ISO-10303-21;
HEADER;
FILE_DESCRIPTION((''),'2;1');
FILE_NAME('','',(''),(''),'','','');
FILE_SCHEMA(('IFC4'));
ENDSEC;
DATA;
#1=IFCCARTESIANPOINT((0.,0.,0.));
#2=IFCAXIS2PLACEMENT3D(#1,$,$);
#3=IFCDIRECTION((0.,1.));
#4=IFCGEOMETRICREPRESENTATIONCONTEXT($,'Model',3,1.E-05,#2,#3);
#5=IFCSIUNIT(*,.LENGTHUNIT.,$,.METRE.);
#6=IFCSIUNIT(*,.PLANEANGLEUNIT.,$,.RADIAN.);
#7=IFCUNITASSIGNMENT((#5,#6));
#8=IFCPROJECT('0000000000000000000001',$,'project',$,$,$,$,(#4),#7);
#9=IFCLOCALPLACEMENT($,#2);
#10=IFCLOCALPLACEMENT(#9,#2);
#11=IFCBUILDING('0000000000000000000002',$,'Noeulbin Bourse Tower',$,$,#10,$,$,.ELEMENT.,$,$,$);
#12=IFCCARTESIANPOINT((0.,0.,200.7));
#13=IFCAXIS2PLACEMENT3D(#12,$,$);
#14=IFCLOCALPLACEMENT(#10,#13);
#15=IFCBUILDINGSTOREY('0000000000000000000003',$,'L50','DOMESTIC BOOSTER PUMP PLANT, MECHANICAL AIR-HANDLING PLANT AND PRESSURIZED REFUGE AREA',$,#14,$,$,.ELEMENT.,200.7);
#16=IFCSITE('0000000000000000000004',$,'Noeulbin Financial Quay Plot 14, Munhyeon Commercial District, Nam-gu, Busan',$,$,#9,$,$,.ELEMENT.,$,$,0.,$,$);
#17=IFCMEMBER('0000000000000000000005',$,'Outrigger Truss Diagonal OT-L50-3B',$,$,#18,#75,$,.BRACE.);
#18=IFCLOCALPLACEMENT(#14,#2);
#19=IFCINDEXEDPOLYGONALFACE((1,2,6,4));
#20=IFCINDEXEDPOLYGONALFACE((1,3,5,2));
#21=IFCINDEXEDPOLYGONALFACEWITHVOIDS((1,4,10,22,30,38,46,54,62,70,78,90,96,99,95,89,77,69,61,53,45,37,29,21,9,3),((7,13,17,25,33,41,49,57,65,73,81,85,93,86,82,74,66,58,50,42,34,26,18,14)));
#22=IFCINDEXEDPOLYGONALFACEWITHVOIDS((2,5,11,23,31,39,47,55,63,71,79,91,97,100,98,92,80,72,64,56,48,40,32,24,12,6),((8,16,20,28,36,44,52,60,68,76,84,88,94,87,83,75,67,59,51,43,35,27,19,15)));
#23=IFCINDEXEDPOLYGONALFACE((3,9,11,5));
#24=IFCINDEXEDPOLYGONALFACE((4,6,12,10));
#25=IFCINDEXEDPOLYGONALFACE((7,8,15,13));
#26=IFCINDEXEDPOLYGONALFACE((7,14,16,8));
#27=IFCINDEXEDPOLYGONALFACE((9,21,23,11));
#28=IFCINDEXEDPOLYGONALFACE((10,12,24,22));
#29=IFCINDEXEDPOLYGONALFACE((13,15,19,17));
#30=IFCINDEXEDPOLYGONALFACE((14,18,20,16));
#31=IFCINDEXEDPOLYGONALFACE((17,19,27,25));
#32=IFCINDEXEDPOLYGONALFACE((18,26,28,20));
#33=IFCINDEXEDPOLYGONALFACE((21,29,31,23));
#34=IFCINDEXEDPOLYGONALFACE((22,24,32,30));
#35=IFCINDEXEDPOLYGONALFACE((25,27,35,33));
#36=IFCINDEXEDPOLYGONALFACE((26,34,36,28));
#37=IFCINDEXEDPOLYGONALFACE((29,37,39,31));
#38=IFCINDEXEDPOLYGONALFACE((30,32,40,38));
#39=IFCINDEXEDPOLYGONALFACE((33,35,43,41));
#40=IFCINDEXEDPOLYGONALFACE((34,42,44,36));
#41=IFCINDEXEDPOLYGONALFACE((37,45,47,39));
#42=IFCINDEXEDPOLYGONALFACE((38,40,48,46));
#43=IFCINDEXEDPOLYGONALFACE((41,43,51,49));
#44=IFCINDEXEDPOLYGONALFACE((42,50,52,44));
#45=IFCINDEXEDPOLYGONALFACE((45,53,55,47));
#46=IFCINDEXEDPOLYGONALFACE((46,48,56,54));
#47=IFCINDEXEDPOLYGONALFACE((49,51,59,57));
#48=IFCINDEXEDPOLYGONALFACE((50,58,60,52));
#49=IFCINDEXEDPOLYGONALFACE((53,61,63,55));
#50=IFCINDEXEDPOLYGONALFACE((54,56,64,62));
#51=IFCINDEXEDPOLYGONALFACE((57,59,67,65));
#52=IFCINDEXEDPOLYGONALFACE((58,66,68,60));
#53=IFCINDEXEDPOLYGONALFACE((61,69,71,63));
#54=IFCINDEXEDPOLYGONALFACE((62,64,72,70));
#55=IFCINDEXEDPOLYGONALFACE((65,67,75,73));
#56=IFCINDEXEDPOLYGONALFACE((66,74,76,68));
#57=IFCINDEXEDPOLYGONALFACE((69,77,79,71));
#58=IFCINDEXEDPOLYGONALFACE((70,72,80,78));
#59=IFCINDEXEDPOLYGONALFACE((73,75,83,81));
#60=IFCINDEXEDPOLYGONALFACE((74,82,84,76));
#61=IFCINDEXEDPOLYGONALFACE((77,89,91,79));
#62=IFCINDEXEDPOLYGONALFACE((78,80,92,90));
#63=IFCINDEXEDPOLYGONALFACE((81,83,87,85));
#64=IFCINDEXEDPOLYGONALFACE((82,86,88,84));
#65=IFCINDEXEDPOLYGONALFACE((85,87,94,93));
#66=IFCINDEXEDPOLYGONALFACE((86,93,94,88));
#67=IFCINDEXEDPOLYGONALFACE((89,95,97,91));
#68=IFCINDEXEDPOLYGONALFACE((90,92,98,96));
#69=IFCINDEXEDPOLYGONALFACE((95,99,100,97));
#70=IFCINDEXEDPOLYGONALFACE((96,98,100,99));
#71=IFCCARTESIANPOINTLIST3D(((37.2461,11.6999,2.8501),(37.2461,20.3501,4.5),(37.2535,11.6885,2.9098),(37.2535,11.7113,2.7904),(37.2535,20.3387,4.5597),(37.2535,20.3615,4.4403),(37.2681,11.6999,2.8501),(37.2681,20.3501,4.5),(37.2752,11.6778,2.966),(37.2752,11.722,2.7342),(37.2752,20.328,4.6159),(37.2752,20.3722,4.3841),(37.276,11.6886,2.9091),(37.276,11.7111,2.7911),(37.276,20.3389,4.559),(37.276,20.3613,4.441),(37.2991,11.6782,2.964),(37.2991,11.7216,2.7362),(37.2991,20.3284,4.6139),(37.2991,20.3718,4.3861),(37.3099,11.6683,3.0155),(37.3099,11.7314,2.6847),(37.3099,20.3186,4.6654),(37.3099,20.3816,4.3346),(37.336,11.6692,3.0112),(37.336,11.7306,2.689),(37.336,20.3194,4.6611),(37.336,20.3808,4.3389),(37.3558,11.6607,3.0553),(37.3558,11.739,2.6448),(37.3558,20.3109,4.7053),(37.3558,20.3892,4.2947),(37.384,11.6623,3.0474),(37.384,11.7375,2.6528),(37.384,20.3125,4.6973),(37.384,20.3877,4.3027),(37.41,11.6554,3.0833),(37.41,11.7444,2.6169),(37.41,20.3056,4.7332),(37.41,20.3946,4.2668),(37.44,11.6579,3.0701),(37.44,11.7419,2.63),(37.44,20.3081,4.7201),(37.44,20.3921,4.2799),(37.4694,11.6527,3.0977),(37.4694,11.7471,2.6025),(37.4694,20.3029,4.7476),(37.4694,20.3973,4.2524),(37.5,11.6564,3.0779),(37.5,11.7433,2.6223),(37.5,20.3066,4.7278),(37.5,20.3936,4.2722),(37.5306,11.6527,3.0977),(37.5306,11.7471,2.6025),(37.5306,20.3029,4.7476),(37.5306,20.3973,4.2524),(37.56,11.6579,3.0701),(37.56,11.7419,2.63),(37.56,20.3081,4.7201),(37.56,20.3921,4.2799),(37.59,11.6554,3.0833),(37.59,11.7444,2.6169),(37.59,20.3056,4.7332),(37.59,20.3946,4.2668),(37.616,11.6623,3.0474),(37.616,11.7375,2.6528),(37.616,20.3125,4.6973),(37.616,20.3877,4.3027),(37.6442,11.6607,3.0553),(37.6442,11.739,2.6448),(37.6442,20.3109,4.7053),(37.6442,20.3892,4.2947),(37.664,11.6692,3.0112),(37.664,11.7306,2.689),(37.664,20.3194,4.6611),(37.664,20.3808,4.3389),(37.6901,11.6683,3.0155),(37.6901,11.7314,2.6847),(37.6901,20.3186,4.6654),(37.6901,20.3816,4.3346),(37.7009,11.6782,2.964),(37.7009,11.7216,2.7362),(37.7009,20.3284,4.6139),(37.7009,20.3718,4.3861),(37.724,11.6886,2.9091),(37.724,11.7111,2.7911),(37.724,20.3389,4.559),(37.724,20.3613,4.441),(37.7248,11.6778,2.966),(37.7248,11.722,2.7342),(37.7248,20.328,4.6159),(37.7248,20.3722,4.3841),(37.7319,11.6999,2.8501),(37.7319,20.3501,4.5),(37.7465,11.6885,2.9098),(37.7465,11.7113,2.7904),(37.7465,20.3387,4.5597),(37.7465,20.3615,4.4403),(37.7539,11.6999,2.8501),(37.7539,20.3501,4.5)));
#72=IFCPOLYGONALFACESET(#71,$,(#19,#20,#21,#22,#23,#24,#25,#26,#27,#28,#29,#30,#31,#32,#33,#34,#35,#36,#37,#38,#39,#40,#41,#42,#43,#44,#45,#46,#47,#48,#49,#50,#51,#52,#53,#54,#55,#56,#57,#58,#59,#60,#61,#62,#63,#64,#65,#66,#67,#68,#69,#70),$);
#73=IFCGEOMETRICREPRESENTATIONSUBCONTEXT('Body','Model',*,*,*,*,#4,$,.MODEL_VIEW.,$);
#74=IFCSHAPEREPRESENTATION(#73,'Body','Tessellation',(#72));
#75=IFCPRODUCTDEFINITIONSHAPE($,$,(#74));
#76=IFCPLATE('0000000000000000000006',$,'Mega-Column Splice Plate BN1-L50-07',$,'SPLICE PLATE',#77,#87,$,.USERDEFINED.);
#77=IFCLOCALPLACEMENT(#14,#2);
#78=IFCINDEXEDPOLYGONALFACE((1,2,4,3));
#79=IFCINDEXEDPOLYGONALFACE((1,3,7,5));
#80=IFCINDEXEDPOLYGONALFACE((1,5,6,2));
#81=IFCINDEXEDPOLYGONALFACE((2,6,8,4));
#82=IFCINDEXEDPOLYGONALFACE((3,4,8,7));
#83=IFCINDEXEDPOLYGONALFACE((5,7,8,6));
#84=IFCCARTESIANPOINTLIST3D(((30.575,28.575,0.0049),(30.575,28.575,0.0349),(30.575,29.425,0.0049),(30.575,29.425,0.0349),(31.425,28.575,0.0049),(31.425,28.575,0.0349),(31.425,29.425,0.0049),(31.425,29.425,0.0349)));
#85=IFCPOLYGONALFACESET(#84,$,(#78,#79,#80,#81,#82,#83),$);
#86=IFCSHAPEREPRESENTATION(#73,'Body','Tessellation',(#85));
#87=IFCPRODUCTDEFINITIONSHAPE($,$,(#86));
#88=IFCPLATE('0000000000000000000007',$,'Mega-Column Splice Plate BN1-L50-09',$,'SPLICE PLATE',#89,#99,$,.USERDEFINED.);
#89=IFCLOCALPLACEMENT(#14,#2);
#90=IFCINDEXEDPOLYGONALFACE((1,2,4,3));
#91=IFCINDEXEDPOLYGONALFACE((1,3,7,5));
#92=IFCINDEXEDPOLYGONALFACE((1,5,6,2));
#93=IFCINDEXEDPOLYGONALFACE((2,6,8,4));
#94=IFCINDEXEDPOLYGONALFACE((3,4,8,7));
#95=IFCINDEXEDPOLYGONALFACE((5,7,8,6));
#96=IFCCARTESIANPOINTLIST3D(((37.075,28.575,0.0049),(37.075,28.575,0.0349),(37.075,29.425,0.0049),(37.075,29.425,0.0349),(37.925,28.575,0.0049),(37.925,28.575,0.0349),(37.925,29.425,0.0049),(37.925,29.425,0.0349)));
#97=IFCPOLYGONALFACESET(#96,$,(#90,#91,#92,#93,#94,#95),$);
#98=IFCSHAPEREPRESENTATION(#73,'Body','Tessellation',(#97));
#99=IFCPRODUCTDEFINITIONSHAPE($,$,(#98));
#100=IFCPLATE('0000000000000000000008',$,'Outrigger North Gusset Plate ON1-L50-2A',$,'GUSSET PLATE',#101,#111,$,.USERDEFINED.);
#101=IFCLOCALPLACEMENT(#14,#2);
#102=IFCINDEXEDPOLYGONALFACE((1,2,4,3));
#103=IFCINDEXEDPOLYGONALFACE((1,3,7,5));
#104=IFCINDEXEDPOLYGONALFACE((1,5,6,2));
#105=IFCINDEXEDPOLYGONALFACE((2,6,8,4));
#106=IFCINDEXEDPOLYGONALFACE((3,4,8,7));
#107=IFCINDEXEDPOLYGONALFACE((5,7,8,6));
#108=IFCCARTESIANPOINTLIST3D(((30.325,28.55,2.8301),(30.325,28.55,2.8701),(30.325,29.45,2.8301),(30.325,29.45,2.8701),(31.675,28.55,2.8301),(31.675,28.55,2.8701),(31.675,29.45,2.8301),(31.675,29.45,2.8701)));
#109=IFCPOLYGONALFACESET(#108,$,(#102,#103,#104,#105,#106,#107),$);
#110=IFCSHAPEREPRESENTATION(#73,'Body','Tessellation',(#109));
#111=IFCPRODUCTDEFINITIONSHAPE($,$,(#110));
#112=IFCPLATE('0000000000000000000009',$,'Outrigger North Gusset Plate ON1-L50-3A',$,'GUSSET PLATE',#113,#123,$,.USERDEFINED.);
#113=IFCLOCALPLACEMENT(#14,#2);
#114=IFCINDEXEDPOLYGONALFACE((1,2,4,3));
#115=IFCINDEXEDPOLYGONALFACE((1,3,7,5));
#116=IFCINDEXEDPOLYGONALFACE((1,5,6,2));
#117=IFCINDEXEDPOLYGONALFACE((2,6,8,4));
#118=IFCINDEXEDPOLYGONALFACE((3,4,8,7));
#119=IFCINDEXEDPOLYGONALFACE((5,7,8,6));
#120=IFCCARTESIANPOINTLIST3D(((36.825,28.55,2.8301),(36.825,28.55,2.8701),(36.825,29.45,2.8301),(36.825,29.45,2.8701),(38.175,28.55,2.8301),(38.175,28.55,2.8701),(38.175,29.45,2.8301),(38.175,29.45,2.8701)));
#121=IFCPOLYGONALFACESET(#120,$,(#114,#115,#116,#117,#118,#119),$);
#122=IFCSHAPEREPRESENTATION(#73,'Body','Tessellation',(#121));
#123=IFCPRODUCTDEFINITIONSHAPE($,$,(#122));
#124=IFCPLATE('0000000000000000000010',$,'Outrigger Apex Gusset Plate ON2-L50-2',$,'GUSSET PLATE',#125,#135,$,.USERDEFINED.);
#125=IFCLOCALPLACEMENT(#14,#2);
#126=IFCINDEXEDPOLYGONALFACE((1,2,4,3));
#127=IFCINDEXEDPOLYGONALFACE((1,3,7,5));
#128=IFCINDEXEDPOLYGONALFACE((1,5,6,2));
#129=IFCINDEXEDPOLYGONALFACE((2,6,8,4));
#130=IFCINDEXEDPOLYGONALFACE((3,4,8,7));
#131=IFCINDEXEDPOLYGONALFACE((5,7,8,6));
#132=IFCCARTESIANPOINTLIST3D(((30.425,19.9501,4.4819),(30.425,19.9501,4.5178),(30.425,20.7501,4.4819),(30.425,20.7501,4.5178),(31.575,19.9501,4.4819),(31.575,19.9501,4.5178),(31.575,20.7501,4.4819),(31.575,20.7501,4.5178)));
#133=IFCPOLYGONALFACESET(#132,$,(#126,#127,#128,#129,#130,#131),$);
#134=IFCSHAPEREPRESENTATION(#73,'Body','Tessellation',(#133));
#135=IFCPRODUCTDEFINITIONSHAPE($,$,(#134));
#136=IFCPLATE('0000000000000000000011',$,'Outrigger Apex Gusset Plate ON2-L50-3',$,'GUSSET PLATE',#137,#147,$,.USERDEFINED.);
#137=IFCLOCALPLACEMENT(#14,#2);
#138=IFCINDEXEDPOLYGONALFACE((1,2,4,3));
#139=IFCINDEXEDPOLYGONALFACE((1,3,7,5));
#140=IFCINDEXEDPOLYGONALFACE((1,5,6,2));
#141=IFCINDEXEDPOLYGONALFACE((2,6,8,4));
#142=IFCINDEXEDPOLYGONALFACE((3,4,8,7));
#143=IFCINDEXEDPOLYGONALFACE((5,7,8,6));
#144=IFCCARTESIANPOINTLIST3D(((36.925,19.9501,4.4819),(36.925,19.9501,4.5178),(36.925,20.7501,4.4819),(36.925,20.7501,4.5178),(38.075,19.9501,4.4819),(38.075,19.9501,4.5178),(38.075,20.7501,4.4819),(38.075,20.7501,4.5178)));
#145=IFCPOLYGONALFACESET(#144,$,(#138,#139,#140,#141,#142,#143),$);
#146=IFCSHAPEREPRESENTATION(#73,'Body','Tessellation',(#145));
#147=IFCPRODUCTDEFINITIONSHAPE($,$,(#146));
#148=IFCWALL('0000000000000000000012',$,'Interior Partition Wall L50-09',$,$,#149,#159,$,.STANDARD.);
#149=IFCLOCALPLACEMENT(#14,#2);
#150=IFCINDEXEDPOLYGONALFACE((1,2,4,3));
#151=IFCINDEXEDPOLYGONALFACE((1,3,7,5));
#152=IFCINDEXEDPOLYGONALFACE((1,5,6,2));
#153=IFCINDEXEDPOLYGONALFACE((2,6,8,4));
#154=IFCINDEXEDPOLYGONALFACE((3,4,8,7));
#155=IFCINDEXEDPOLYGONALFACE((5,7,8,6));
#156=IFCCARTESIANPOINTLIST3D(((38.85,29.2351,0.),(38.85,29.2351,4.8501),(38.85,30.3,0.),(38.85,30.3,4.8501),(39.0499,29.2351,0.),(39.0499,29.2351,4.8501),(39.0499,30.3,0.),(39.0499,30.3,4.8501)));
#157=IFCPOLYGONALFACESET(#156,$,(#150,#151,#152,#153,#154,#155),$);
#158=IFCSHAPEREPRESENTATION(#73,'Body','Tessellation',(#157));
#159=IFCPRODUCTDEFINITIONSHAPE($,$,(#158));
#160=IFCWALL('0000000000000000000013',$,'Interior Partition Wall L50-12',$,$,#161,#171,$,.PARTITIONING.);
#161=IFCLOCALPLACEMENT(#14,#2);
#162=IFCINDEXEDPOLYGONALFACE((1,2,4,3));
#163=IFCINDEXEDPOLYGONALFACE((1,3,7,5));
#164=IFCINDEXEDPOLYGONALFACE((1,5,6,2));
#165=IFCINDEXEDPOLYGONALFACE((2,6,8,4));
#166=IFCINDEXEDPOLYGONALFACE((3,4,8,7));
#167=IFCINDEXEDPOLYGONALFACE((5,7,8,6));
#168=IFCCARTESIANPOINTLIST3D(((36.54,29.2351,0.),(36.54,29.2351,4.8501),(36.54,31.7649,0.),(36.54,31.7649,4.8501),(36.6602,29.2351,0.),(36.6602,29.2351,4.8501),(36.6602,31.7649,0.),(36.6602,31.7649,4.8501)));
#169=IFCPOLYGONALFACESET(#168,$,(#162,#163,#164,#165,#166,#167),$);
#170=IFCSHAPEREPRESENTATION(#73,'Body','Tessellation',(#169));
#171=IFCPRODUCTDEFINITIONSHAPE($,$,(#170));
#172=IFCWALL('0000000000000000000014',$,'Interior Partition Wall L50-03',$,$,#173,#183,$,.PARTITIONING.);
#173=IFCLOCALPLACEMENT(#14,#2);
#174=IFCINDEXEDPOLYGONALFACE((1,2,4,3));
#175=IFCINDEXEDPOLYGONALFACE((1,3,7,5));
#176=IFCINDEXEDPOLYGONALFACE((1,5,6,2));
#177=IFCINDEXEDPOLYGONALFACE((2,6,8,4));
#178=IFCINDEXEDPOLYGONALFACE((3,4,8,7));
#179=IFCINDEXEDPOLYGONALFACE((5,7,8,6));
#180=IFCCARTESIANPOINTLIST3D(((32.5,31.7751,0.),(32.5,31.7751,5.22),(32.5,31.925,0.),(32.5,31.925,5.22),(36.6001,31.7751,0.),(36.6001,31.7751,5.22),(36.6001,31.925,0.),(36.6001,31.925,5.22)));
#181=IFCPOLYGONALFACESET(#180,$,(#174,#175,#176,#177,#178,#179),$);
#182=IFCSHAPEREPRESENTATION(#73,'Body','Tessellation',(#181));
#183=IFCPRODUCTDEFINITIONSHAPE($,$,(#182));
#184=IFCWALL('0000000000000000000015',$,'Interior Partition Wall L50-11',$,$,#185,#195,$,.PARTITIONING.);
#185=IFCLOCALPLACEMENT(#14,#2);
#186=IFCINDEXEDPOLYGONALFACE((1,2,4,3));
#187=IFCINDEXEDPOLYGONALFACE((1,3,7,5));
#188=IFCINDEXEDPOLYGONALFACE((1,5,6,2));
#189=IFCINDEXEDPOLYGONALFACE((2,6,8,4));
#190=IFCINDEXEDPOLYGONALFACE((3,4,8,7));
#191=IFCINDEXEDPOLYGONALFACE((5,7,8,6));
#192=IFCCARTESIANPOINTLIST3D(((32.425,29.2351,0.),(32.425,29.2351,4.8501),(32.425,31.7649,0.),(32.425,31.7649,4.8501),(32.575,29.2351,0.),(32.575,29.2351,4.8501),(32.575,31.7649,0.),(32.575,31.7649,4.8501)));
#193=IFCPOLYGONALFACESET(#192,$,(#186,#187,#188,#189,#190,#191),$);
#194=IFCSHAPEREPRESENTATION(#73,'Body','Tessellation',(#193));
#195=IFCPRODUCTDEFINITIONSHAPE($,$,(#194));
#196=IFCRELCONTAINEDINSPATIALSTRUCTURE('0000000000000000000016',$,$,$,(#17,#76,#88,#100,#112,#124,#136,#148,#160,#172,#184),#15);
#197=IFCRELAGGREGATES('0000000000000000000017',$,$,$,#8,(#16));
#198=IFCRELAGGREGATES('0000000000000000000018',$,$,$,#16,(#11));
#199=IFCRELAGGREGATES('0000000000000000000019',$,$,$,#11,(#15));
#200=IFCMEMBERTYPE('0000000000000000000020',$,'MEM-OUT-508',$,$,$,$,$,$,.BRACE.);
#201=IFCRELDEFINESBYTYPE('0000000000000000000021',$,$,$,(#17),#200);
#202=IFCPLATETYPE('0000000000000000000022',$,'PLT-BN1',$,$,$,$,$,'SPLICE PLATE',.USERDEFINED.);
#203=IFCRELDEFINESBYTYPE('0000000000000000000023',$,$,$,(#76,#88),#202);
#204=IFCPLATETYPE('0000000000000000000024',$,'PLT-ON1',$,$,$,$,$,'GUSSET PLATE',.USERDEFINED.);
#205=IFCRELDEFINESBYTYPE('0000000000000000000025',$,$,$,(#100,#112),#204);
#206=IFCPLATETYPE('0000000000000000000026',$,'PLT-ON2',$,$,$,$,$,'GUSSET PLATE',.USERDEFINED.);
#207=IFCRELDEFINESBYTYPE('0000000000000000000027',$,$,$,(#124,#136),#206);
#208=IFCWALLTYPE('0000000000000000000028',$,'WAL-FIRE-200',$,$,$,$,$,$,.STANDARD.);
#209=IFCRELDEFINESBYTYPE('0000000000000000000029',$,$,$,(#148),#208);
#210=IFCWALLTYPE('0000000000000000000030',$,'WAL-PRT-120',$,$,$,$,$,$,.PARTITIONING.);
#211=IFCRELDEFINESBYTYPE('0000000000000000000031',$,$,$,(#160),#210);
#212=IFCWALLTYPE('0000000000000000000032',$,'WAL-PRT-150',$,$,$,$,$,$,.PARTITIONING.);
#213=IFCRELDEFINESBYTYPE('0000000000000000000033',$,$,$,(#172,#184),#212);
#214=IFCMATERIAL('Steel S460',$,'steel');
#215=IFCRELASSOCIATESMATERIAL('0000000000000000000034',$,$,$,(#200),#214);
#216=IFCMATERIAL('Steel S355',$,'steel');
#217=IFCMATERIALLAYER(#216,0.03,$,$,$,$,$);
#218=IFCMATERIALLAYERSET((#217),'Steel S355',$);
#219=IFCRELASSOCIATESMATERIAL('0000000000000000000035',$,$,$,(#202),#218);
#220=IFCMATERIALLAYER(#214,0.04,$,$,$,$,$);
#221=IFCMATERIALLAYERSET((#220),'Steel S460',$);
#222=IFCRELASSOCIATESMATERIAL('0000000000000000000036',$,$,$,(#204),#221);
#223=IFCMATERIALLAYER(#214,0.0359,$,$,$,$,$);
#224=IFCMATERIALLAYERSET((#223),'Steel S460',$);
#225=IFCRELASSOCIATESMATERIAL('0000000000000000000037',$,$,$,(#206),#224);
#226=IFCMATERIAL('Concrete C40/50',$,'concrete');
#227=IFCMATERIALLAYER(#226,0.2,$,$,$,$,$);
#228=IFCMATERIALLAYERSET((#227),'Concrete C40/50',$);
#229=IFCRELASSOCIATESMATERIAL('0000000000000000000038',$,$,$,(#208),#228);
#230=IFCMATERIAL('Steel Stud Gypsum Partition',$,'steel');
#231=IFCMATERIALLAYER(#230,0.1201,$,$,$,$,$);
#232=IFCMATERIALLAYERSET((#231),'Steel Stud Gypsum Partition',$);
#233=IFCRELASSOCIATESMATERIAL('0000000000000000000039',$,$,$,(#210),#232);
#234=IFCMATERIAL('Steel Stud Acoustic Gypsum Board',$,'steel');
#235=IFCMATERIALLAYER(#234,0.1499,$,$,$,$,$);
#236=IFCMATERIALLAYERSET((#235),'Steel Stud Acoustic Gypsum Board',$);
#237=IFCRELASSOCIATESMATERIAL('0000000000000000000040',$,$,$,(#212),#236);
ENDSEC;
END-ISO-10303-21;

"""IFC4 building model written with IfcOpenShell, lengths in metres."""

from ifc_helpers import new_model, si_unit, direction, frame, frame_2d, origin, origin_2d, place, context, subcontext, project, spatial, rectangle, hollow_circle, extrude, material, layer, layer_set, material_profile, profile_set, type_object, element, save


model = new_model("IFC4")

# Units and contexts
model_context = context("Model", 3, precision=1e-05, world=origin(), true_north=direction((0.0, 1.0)))
body_context = subcontext(model_context, "Body", "Model", "MODEL_VIEW")
ifc_project = project(units=[si_unit("LENGTHUNIT", "METRE"), si_unit("PLANEANGLEUNIT", "RADIAN")], contexts=[model_context])

# Site, building, storey
site_placement = place(None, origin())
site = spatial("IfcSite", under=ifc_project, at=site_placement, Name="Noeulbin Financial Quay Plot 14, Munhyeon Commercial District, Nam-gu, Busan", CompositionType="ELEMENT", RefElevation=0.0)
building_placement = place(site_placement, origin())
building = spatial("IfcBuilding", under=site, at=building_placement, Name="Noeulbin Bourse Tower", CompositionType="ELEMENT")
storey_placement = place(building_placement, frame((0.0, 0.0, 200.7)))
storey = spatial("IfcBuildingStorey", under=building, at=storey_placement, Name="L50", Description="DOMESTIC BOOSTER PUMP PLANT, MECHANICAL AIR-HANDLING PLANT AND PRESSURIZED REFUGE AREA", CompositionType="ELEMENT", Elevation=200.7)

# Shared definitions
ifc_material_1 = material(Name="Steel S460", Category="steel")

# Shared definitions
ifc_material_2 = material(Name="Steel S355", Category="steel")

# Member
ifc_material_profile_1 = material_profile(ifc_material_1, hollow_circle(Radius=0.2539, WallThickness=0.022, at=origin_2d()), Name="CHS-508.0x22.0", Category="LoadBearing")
ifc_profile_set_1 = profile_set([ifc_material_profile_1], Name="Steel S460")
member_type_1 = type_object("IfcMemberType", Name="MEM-OUT-508", PredefinedType="BRACE", material=ifc_profile_set_1)
member_1_placement = place(storey_placement, frame((37.5, 20.3501, 4.5), z_axis=(0.0, -0.982291, -0.187359), x_axis=(1.0, 0.0, 0.0)))
element("IfcMember", 1, at=member_1_placement, inside=storey, type_object=member_type_1, Name="Outrigger Truss Diagonal OT-L50-3B", PredefinedType="BRACE", context=body_context, shape_type="SweptSolid", body=[
    extrude(hollow_circle(Radius=0.2539, WallThickness=0.022, at=origin_2d()), origin(), (0.0, 0.0, 1.0), 8.8062),
])

# Plates
ifc_layer_1 = layer(ifc_material_2, 0.03)
ifc_layer_set_1 = layer_set([ifc_layer_1], Name="Steel S355")
plate_type_1 = type_object("IfcPlateType", Name="PLT-BN1", ElementType="SPLICE PLATE", PredefinedType="USERDEFINED", material=ifc_layer_set_1)
for number, where, z_axis, x_axis, name in (
    (2, (31.0, 29.0, 0.0049), (0.0, 0.0, 1.0), (1.0, 0.0, 0.0), "Mega-Column Splice Plate BN1-L50-07"),
    (3, (37.5, 29.0, 0.0049), (0.0, 0.0, 1.0), (1.0, 0.0, 0.0), "Mega-Column Splice Plate BN1-L50-09"),
):
    element("IfcPlate", number, at=place(storey_placement, frame(where, z_axis=z_axis, x_axis=x_axis)), inside=storey, type_object=plate_type_1, Name=name, ObjectType="SPLICE PLATE", PredefinedType="USERDEFINED", context=body_context, shape_type="SweptSolid", body=[
        extrude(rectangle(XDim=0.8501, YDim=0.8501, at=origin_2d()), origin(), (0.0, 0.0, 1.0), 0.03),
    ])
ifc_layer_2 = layer(ifc_material_1, 0.04)
ifc_layer_set_2 = layer_set([ifc_layer_2], Name="Steel S460")
plate_type_2 = type_object("IfcPlateType", Name="PLT-ON1", ElementType="GUSSET PLATE", PredefinedType="USERDEFINED", material=ifc_layer_set_2)
for number, where, z_axis, x_axis, name in (
    (4, (31.0, 29.0, 2.8301), (0.0, 0.0, 1.0), (1.0, 0.0, 0.0), "Outrigger North Gusset Plate ON1-L50-2A"),
    (5, (37.5, 29.0, 2.8301), (0.0, 0.0, 1.0), (1.0, 0.0, 0.0), "Outrigger North Gusset Plate ON1-L50-3A"),
):
    element("IfcPlate", number, at=place(storey_placement, frame(where, z_axis=z_axis, x_axis=x_axis)), inside=storey, type_object=plate_type_2, Name=name, ObjectType="GUSSET PLATE", PredefinedType="USERDEFINED", context=body_context, shape_type="SweptSolid", body=[
        extrude(rectangle(XDim=1.3501, YDim=0.8999, at=origin_2d()), origin(), (0.0, 0.0, 1.0), 0.04),
    ])
ifc_layer_3 = layer(ifc_material_1, 0.0359)
ifc_layer_set_3 = layer_set([ifc_layer_3], Name="Steel S460")
plate_type_3 = type_object("IfcPlateType", Name="PLT-ON2", ElementType="GUSSET PLATE", PredefinedType="USERDEFINED", material=ifc_layer_set_3)
for number, where, z_axis, x_axis, name in (
    (6, (31.0, 20.3501, 4.4819), (0.0, 0.0, 1.0), (1.0, 0.0, 0.0), "Outrigger Apex Gusset Plate ON2-L50-2"),
    (7, (37.5, 20.3501, 4.4819), (0.0, 0.0, 1.0), (1.0, 0.0, 0.0), "Outrigger Apex Gusset Plate ON2-L50-3"),
):
    element("IfcPlate", number, at=place(storey_placement, frame(where, z_axis=z_axis, x_axis=x_axis)), inside=storey, type_object=plate_type_3, Name=name, ObjectType="GUSSET PLATE", PredefinedType="USERDEFINED", context=body_context, shape_type="SweptSolid", body=[
        extrude(rectangle(XDim=1.1499, YDim=0.8, at=origin_2d()), origin(), (0.0, 0.0, 1.0), 0.0359),
    ])

# Walls
ifc_material_3 = material(Name="Concrete C40/50", Category="concrete")
ifc_layer_4 = layer(ifc_material_3, 0.2)
ifc_layer_set_4 = layer_set([ifc_layer_4], Name="Concrete C40/50")
wall_type_1 = type_object("IfcWallType", Name="WAL-FIRE-200", PredefinedType="STANDARD", material=ifc_layer_set_4)
wall_1_placement = place(storey_placement, frame((38.95, 29.2351, 0.0), z_axis=(0.0, 0.0, 1.0), x_axis=(0.0, 1.0, 0.0)))
element("IfcWall", 8, at=wall_1_placement, inside=storey, type_object=wall_type_1, Name="Interior Partition Wall L50-09", PredefinedType="STANDARD", context=body_context, shape_type="SweptSolid", body=[
    extrude(rectangle(XDim=1.0649, YDim=0.2, at=frame_2d((0.5325, 0.0))), origin(), (0.0, 0.0, 1.0), 4.8501),
])
ifc_material_4 = material(Name="Steel Stud Gypsum Partition", Category="steel")
ifc_layer_5 = layer(ifc_material_4, 0.1201)
ifc_layer_set_5 = layer_set([ifc_layer_5], Name="Steel Stud Gypsum Partition")
wall_type_2 = type_object("IfcWallType", Name="WAL-PRT-120", PredefinedType="PARTITIONING", material=ifc_layer_set_5)
wall_2_placement = place(storey_placement, frame((36.6001, 29.2351, 0.0), z_axis=(0.0, 0.0, 1.0), x_axis=(0.0, 1.0, 0.0)))
element("IfcWall", 9, at=wall_2_placement, inside=storey, type_object=wall_type_2, Name="Interior Partition Wall L50-12", PredefinedType="PARTITIONING", context=body_context, shape_type="SweptSolid", body=[
    extrude(rectangle(XDim=2.5298, YDim=0.1201, at=frame_2d((1.2649, 0.0))), origin(), (0.0, 0.0, 1.0), 4.8501),
])
ifc_material_5 = material(Name="Steel Stud Acoustic Gypsum Board", Category="steel")
ifc_layer_6 = layer(ifc_material_5, 0.1499)
ifc_layer_set_6 = layer_set([ifc_layer_6], Name="Steel Stud Acoustic Gypsum Board")
wall_type_3 = type_object("IfcWallType", Name="WAL-PRT-150", PredefinedType="PARTITIONING", material=ifc_layer_set_6)
wall_3_placement = place(storey_placement, frame((32.5, 31.8501, 0.0), z_axis=(0.0, 0.0, 1.0), x_axis=(1.0, 0.0, 0.0)))
element("IfcWall", 10, at=wall_3_placement, inside=storey, type_object=wall_type_3, Name="Interior Partition Wall L50-03", PredefinedType="PARTITIONING", context=body_context, shape_type="SweptSolid", body=[
    extrude(rectangle(XDim=4.1001, YDim=0.1499, at=frame_2d((2.05, 0.0))), origin(), (0.0, 0.0, 1.0), 5.22),
])
wall_4_placement = place(storey_placement, frame((32.5, 29.2351, 0.0), z_axis=(0.0, 0.0, 1.0), x_axis=(0.0, 1.0, 0.0)))
element("IfcWall", 11, at=wall_4_placement, inside=storey, type_object=wall_type_3, Name="Interior Partition Wall L50-11", PredefinedType="PARTITIONING", context=body_context, shape_type="SweptSolid", body=[
    extrude(rectangle(XDim=2.5298, YDim=0.1499, at=frame_2d((1.2649, 0.0))), origin(), (0.0, 0.0, 1.0), 4.8501),
])

save(model, "model.ifc")
